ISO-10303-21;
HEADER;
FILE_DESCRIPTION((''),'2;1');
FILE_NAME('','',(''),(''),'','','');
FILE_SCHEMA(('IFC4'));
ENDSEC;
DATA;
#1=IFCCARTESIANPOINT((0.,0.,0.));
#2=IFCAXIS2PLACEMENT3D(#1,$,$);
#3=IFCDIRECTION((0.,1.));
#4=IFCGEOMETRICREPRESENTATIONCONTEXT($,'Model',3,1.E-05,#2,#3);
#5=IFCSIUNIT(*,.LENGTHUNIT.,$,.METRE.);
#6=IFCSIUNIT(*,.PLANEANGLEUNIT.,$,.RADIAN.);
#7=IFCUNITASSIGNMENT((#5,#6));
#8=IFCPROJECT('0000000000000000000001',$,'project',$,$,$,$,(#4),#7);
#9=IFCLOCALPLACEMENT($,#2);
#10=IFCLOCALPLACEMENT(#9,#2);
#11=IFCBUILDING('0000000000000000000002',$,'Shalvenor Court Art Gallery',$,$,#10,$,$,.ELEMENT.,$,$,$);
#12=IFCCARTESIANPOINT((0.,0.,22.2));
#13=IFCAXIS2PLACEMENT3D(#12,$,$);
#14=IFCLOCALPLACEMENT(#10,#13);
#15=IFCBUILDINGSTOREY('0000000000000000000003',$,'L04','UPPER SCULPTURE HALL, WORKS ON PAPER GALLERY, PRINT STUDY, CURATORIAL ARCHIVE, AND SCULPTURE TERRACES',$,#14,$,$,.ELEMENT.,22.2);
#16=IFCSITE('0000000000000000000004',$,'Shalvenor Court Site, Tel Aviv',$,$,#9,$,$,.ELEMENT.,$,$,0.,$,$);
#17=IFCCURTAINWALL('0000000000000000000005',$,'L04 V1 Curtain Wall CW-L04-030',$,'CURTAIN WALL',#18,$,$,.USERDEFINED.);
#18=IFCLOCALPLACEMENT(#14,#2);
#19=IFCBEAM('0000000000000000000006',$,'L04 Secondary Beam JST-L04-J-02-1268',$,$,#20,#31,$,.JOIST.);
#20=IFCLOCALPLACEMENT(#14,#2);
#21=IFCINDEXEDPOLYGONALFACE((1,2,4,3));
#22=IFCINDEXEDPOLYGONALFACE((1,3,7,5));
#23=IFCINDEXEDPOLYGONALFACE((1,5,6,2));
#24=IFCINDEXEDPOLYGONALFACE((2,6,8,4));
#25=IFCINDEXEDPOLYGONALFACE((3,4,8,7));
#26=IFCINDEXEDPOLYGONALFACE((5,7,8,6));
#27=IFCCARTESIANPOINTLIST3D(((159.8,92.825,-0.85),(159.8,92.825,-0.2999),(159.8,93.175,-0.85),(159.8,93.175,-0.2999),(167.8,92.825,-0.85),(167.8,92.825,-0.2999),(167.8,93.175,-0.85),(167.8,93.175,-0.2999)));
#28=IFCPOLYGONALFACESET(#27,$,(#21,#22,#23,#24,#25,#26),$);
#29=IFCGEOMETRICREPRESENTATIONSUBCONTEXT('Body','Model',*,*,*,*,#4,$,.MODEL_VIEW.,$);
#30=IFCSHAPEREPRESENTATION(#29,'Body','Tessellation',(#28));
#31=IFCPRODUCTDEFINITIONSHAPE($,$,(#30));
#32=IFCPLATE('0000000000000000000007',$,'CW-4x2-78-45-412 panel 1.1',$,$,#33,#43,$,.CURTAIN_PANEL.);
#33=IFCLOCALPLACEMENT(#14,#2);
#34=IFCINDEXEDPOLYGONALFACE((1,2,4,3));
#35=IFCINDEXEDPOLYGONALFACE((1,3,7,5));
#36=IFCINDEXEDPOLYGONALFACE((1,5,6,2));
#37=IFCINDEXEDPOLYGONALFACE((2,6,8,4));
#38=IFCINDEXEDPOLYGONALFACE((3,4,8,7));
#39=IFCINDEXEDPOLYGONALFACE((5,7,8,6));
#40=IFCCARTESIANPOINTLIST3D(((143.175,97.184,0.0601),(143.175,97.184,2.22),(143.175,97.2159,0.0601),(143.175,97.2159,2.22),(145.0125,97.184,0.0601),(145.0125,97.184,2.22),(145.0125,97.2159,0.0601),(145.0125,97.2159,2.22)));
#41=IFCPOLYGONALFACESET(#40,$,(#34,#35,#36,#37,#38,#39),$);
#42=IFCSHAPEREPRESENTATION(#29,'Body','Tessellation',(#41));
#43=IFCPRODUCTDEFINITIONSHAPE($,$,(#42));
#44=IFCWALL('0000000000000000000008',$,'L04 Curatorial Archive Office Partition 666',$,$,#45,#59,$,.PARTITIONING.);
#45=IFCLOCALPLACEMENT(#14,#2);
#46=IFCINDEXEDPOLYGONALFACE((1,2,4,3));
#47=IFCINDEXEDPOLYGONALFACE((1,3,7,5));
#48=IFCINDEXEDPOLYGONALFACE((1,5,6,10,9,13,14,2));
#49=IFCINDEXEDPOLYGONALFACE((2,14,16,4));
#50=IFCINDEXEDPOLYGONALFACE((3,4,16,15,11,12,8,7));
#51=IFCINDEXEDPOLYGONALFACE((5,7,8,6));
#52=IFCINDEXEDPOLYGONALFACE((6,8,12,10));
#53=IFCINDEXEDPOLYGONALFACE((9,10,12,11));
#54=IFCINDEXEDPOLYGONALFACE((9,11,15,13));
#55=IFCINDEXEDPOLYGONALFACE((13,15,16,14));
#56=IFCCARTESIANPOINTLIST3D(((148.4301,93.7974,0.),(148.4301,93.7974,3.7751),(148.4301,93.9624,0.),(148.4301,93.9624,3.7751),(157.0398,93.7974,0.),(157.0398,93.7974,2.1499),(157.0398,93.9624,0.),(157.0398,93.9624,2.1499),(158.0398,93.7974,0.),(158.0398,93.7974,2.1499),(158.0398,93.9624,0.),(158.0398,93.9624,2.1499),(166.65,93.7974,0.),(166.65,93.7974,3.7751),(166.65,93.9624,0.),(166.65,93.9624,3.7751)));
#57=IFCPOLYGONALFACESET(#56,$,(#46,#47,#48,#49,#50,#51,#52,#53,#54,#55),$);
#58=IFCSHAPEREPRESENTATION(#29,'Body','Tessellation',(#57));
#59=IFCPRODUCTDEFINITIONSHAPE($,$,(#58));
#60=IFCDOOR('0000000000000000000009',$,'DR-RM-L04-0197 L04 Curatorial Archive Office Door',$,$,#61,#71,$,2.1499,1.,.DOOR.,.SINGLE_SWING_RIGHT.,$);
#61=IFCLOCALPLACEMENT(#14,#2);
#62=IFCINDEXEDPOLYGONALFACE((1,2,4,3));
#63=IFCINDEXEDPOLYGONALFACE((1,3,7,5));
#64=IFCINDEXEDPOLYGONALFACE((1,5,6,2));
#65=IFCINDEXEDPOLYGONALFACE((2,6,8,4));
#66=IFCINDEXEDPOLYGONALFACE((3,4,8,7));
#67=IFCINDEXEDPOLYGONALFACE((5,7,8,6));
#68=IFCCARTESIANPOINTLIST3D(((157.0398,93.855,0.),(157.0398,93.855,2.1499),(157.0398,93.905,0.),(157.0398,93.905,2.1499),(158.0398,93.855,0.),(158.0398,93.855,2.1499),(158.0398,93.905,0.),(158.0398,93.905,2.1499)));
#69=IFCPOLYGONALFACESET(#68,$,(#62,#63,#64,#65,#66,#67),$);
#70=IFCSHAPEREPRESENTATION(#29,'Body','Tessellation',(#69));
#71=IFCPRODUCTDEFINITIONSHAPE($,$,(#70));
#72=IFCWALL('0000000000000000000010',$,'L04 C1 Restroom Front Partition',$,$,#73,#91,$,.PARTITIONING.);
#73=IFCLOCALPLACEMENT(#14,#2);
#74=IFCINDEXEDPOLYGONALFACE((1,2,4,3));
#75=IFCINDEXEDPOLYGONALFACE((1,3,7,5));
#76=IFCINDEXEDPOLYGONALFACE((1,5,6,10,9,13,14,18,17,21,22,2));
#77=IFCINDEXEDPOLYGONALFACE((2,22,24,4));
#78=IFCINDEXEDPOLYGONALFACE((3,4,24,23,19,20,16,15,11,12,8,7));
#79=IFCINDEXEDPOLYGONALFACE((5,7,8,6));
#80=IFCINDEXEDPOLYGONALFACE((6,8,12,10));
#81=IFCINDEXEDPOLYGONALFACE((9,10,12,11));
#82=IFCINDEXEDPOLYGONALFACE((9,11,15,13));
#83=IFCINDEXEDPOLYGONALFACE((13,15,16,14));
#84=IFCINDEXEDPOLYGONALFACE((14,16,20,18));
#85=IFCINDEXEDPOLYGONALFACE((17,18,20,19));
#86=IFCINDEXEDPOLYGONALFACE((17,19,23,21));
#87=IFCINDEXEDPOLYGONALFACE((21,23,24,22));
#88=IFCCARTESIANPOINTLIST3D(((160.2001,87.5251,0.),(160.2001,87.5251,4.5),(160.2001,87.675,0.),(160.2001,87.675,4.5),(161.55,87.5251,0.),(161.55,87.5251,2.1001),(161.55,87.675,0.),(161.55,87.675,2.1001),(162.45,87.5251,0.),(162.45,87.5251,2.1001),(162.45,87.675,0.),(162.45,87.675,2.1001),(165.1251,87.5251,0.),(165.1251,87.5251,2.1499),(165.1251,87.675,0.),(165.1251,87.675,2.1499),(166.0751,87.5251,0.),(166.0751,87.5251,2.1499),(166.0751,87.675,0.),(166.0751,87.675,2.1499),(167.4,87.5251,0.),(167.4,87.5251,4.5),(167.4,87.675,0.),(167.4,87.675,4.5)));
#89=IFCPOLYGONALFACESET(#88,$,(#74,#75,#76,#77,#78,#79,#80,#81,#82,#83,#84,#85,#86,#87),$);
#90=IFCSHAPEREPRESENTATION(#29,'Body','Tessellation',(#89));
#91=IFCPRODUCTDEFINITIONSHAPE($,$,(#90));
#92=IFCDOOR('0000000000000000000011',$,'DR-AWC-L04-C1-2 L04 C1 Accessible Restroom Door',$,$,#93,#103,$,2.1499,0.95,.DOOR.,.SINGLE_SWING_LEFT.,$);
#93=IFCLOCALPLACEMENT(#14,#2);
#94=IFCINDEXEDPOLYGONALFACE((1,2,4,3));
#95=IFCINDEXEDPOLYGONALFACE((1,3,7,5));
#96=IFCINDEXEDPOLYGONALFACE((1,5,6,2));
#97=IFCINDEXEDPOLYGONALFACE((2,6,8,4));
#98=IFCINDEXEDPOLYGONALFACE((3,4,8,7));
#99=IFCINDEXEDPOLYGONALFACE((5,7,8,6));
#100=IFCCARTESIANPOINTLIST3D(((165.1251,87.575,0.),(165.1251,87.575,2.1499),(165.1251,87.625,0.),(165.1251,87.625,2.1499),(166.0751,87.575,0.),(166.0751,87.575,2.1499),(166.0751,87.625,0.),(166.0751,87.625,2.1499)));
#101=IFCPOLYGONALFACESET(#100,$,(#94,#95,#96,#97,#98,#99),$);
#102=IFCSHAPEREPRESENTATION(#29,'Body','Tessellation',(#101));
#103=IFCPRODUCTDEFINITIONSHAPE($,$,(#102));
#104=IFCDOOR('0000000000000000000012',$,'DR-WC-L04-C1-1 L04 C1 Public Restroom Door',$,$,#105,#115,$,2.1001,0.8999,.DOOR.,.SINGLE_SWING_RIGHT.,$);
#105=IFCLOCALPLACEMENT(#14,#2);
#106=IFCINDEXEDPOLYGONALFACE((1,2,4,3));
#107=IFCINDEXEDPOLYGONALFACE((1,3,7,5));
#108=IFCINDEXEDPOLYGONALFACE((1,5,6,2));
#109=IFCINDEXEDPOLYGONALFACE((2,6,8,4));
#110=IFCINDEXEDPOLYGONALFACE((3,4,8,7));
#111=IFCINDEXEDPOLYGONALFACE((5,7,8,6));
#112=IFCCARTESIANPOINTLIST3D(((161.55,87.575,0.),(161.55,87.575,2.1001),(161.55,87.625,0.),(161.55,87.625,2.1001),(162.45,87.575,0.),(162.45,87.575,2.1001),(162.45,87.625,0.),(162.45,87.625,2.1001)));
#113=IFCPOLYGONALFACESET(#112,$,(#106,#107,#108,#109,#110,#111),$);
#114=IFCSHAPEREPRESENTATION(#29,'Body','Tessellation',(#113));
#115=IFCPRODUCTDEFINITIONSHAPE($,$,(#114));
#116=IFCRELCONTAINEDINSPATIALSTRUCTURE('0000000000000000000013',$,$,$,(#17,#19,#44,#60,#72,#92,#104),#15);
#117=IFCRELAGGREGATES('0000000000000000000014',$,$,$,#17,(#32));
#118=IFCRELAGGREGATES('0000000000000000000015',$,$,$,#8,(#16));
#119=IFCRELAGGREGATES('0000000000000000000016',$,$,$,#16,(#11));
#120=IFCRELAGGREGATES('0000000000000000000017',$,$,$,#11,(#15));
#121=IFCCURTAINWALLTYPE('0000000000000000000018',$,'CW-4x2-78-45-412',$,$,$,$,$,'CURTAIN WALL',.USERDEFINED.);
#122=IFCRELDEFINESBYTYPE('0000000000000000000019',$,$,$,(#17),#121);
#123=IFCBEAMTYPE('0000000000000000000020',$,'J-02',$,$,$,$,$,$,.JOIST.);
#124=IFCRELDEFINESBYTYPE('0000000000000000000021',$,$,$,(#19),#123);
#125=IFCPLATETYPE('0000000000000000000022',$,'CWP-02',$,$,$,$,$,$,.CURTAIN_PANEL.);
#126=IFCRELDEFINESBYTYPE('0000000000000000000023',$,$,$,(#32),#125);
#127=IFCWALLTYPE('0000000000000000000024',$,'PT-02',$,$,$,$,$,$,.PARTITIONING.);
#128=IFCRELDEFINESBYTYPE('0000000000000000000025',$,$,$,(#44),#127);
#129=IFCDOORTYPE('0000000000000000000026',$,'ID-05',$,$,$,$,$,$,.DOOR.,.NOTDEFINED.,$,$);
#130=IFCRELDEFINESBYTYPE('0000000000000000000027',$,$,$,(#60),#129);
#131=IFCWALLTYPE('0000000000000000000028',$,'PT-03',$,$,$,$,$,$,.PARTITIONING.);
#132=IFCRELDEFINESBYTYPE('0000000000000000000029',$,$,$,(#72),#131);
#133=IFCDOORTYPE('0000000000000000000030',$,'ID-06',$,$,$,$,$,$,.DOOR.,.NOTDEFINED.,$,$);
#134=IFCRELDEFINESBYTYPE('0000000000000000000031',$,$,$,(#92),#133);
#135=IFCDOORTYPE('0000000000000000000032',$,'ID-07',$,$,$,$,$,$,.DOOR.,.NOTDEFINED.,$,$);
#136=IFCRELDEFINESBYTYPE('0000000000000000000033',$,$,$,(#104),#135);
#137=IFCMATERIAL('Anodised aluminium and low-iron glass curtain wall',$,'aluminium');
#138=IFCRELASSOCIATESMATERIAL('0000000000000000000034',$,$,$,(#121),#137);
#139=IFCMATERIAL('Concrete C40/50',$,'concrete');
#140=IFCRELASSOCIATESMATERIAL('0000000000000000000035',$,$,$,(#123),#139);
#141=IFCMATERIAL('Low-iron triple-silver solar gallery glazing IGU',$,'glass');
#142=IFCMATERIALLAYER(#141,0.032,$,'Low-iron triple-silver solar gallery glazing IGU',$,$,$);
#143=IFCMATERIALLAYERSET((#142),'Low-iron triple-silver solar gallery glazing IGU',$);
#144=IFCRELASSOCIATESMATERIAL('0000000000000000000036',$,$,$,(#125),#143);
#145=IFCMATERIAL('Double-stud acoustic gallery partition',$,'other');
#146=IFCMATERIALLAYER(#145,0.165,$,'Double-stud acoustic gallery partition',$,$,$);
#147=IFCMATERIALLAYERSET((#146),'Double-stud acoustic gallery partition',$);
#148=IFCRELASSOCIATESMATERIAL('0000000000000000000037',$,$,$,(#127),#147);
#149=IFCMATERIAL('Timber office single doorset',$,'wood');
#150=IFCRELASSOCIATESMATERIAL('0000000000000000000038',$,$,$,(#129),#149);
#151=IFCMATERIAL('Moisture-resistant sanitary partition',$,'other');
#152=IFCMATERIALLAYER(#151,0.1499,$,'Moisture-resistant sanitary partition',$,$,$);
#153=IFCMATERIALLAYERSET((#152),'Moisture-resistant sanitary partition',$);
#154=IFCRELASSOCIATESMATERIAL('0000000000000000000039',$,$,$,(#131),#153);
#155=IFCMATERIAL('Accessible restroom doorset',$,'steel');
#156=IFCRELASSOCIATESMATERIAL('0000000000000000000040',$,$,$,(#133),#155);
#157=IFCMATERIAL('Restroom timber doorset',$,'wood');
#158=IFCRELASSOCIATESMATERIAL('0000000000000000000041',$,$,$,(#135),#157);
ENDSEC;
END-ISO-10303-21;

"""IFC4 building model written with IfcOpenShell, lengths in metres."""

from ifc_helpers import new_model, si_unit, direction, frame, frame_2d, origin, origin_2d, place, context, subcontext, project, spatial, rectangle, extrude, material, layer, layer_set, material_profile, profile_set, type_object, element, fill, aggregate, save


model = new_model("IFC4")

# Units and contexts
model_context = context("Model", 3, precision=1e-05, world=origin(), true_north=direction((0.0, 1.0)))
body_context = subcontext(model_context, "Body", "Model", "MODEL_VIEW")
ifc_project = project(units=[si_unit("LENGTHUNIT", "METRE"), si_unit("PLANEANGLEUNIT", "RADIAN")], contexts=[model_context])

# Site, building, storey
site_placement = place(None, origin())
site = spatial("IfcSite", under=ifc_project, at=site_placement, Name="Shalvenor Court Site, Tel Aviv", CompositionType="ELEMENT", RefElevation=0.0)
building_placement = place(site_placement, origin())
building = spatial("IfcBuilding", under=site, at=building_placement, Name="Shalvenor Court Art Gallery", CompositionType="ELEMENT")
storey_placement = place(building_placement, frame((0.0, 0.0, 22.2)))
storey = spatial("IfcBuildingStorey", under=building, at=storey_placement, Name="L04", Description="UPPER SCULPTURE HALL, WORKS ON PAPER GALLERY, PRINT STUDY, CURATORIAL ARCHIVE, AND SCULPTURE TERRACES", CompositionType="ELEMENT", Elevation=22.2)

# Curtain wall
ifc_material_1 = material(Name="Anodised aluminium and low-iron glass curtain wall", Category="aluminium")
curtain_wall_type = type_object("IfcCurtainWallType", Name="CW-4x2-78-45-412", ElementType="CURTAIN WALL", PredefinedType="USERDEFINED", material=ifc_material_1)
curtain_wall_placement = place(storey_placement, origin())
curtain_wall = element("IfcCurtainWall", 1, at=curtain_wall_placement, inside=storey, type_object=curtain_wall_type, Name="L04 V1 Curtain Wall CW-L04-030", ObjectType="CURTAIN WALL", PredefinedType="USERDEFINED")

# Beam
ifc_material_2 = material(Name="Concrete C40/50", Category="concrete")
ifc_material_profile_1 = material_profile(ifc_material_2, rectangle(XDim=0.3501, YDim=0.55, at=origin_2d()), Name="RC 350x550")
ifc_profile_set_1 = profile_set([ifc_material_profile_1], Name="Concrete C40/50")
beam_type_1 = type_object("IfcBeamType", Name="J-02", PredefinedType="JOIST", material=ifc_profile_set_1)
beam_1_placement = place(storey_placement, frame((159.8, 93.0, -0.575), z_axis=(1.0, 0.0, 0.0), x_axis=(0.0, 1.0, 0.0)))
element("IfcBeam", 2, at=beam_1_placement, inside=storey, type_object=beam_type_1, Name="L04 Secondary Beam JST-L04-J-02-1268", PredefinedType="JOIST", context=body_context, shape_type="SweptSolid", body=[
    extrude(rectangle(XDim=0.3501, YDim=0.55, at=origin_2d()), origin(), (0.0, 0.0, 1.0), 8.0),
])

# Plate
ifc_material_3 = material(Name="Low-iron triple-silver solar gallery glazing IGU", Category="glass")
ifc_layer_1 = layer(ifc_material_3, 0.032, Name="Low-iron triple-silver solar gallery glazing IGU")
ifc_layer_set_1 = layer_set([ifc_layer_1], Name="Low-iron triple-silver solar gallery glazing IGU")
plate_type = type_object("IfcPlateType", Name="CWP-02", PredefinedType="CURTAIN_PANEL", material=ifc_layer_set_1)
plate_placement = place(storey_placement, frame((144.0938, 97.2, 0.0601), z_axis=(0.0, 0.0, 1.0), x_axis=(1.0, 0.0, 0.0)))
plate = element("IfcPlate", 3, at=plate_placement, type_object=plate_type, Name="CW-4x2-78-45-412 panel 1.1", PredefinedType="CURTAIN_PANEL", context=body_context, shape_type="SweptSolid", body=[
    extrude(rectangle(XDim=1.8374, YDim=0.032, at=origin_2d()), origin(), (0.0, 0.0, 1.0), 2.1599),
])
aggregate(curtain_wall, [plate])

# Wall, opening, door
ifc_material_4 = material(Name="Double-stud acoustic gallery partition", Category="other")
ifc_layer_2 = layer(ifc_material_4, 0.165, Name="Double-stud acoustic gallery partition")
ifc_layer_set_2 = layer_set([ifc_layer_2], Name="Double-stud acoustic gallery partition")
wall_type_1 = type_object("IfcWallType", Name="PT-02", PredefinedType="PARTITIONING", material=ifc_layer_set_2)
wall_1_placement = place(storey_placement, frame((166.6499, 93.8799, 0.0), z_axis=(0.0, 0.0, 1.0), x_axis=(-1.0, 0.0, 0.0)))
wall_1 = element("IfcWall", 4, at=wall_1_placement, inside=storey, type_object=wall_type_1, Name="L04 Curatorial Archive Office Partition 666", PredefinedType="PARTITIONING", context=body_context, shape_type="SweptSolid", body=[
    extrude(rectangle(XDim=18.22, YDim=0.165, at=frame_2d((9.1099, 0.0))), origin(), (0.0, 0.0, 1.0), 3.7751),
])
opening_1_placement = place(wall_1_placement, frame((8.6101, 0.0, 0.0)))
opening_1 = element("IfcOpeningElement", 5, at=opening_1_placement, cuts=wall_1, PredefinedType="OPENING", context=body_context, shape_type="SweptSolid", body=[
    extrude(rectangle(XDim=1.0, YDim=2.1499, at=frame_2d((0.5, 1.075))), frame((0.0, 0.0925, 0.0), z_axis=(0.0, -1.0, 0.0), x_axis=(1.0, 0.0, 0.0)), (0.0, 0.0, 1.0), 0.1851),
])
ifc_material_5 = material(Name="Timber office single doorset", Category="wood")
door_type_1 = type_object("IfcDoorType", Name="ID-05", OperationType="NOTDEFINED", PredefinedType="DOOR", material=ifc_material_5)
door_1_placement = place(opening_1_placement, origin())
door_1 = element("IfcDoor", 6, at=door_1_placement, inside=storey, type_object=door_type_1, Name="DR-RM-L04-0197 L04 Curatorial Archive Office Door", OperationType="SINGLE_SWING_RIGHT", OverallHeight=2.1499, OverallWidth=1.0, PredefinedType="DOOR", context=body_context, shape_type="SweptSolid", body=[
    extrude(rectangle(XDim=1.0, YDim=2.1499, at=frame_2d((0.5, 1.075))), frame((0.0, 0.0249, 0.0), z_axis=(0.0, -1.0, 0.0), x_axis=(1.0, 0.0, 0.0)), (0.0, 0.0, 1.0), 0.05),
])
fill(opening_1, door_1)

# Wall, openings, doors
ifc_material_6 = material(Name="Moisture-resistant sanitary partition", Category="other")
ifc_layer_3 = layer(ifc_material_6, 0.1499, Name="Moisture-resistant sanitary partition")
ifc_layer_set_3 = layer_set([ifc_layer_3], Name="Moisture-resistant sanitary partition")
wall_type_2 = type_object("IfcWallType", Name="PT-03", PredefinedType="PARTITIONING", material=ifc_layer_set_3)
wall_2_placement = place(storey_placement, frame((160.2, 87.6001, 0.0), z_axis=(0.0, 0.0, 1.0), x_axis=(1.0, 0.0, 0.0)))
wall_2 = element("IfcWall", 7, at=wall_2_placement, inside=storey, type_object=wall_type_2, Name="L04 C1 Restroom Front Partition", PredefinedType="PARTITIONING", context=body_context, shape_type="SweptSolid", body=[
    extrude(rectangle(XDim=7.2, YDim=0.1499, at=frame_2d((3.6001, 0.0))), origin(), (0.0, 0.0, 1.0), 4.5),
])
opening_2_placement = place(wall_2_placement, frame((1.3501, 0.0, 0.0)))
opening_2 = element("IfcOpeningElement", 8, at=opening_2_placement, cuts=wall_2, PredefinedType="OPENING", context=body_context, shape_type="SweptSolid", body=[
    extrude(rectangle(XDim=0.8999, YDim=2.1001, at=frame_2d((0.45, 1.05))), frame((0.0, 0.085, 0.0), z_axis=(0.0, -1.0, 0.0), x_axis=(1.0, 0.0, 0.0)), (0.0, 0.0, 1.0), 0.1699),
])
opening_3_placement = place(wall_2_placement, frame((4.925, 0.0, 0.0)))
opening_3 = element("IfcOpeningElement", 9, at=opening_3_placement, cuts=wall_2, PredefinedType="OPENING", context=body_context, shape_type="SweptSolid", body=[
    extrude(rectangle(XDim=0.95, YDim=2.1499, at=frame_2d((0.4751, 1.075))), frame((0.0, 0.085, 0.0), z_axis=(0.0, -1.0, 0.0), x_axis=(1.0, 0.0, 0.0)), (0.0, 0.0, 1.0), 0.1699),
])
ifc_material_7 = material(Name="Accessible restroom doorset", Category="steel")
door_type_2 = type_object("IfcDoorType", Name="ID-06", OperationType="NOTDEFINED", PredefinedType="DOOR", material=ifc_material_7)
door_2_placement = place(opening_3_placement, origin())
door_2 = element("IfcDoor", 10, at=door_2_placement, inside=storey, type_object=door_type_2, Name="DR-AWC-L04-C1-2 L04 C1 Accessible Restroom Door", OperationType="SINGLE_SWING_LEFT", OverallHeight=2.1499, OverallWidth=0.95, PredefinedType="DOOR", context=body_context, shape_type="SweptSolid", body=[
    extrude(rectangle(XDim=0.95, YDim=2.1499, at=frame_2d((0.4751, 1.075))), frame((0.0, 0.0249, 0.0), z_axis=(0.0, -1.0, 0.0), x_axis=(1.0, 0.0, 0.0)), (0.0, 0.0, 1.0), 0.05),
])
fill(opening_3, door_2)
ifc_material_8 = material(Name="Restroom timber doorset", Category="wood")
door_type_3 = type_object("IfcDoorType", Name="ID-07", OperationType="NOTDEFINED", PredefinedType="DOOR", material=ifc_material_8)
door_3_placement = place(opening_2_placement, origin())
door_3 = element("IfcDoor", 11, at=door_3_placement, inside=storey, type_object=door_type_3, Name="DR-WC-L04-C1-1 L04 C1 Public Restroom Door", OperationType="SINGLE_SWING_RIGHT", OverallHeight=2.1001, OverallWidth=0.8999, PredefinedType="DOOR", context=body_context, shape_type="SweptSolid", body=[
    extrude(rectangle(XDim=0.8999, YDim=2.1001, at=frame_2d((0.45, 1.05))), frame((0.0, 0.0249, 0.0), z_axis=(0.0, -1.0, 0.0), x_axis=(1.0, 0.0, 0.0)), (0.0, 0.0, 1.0), 0.05),
])
fill(opening_2, door_3)

save(model, "model.ifc")
